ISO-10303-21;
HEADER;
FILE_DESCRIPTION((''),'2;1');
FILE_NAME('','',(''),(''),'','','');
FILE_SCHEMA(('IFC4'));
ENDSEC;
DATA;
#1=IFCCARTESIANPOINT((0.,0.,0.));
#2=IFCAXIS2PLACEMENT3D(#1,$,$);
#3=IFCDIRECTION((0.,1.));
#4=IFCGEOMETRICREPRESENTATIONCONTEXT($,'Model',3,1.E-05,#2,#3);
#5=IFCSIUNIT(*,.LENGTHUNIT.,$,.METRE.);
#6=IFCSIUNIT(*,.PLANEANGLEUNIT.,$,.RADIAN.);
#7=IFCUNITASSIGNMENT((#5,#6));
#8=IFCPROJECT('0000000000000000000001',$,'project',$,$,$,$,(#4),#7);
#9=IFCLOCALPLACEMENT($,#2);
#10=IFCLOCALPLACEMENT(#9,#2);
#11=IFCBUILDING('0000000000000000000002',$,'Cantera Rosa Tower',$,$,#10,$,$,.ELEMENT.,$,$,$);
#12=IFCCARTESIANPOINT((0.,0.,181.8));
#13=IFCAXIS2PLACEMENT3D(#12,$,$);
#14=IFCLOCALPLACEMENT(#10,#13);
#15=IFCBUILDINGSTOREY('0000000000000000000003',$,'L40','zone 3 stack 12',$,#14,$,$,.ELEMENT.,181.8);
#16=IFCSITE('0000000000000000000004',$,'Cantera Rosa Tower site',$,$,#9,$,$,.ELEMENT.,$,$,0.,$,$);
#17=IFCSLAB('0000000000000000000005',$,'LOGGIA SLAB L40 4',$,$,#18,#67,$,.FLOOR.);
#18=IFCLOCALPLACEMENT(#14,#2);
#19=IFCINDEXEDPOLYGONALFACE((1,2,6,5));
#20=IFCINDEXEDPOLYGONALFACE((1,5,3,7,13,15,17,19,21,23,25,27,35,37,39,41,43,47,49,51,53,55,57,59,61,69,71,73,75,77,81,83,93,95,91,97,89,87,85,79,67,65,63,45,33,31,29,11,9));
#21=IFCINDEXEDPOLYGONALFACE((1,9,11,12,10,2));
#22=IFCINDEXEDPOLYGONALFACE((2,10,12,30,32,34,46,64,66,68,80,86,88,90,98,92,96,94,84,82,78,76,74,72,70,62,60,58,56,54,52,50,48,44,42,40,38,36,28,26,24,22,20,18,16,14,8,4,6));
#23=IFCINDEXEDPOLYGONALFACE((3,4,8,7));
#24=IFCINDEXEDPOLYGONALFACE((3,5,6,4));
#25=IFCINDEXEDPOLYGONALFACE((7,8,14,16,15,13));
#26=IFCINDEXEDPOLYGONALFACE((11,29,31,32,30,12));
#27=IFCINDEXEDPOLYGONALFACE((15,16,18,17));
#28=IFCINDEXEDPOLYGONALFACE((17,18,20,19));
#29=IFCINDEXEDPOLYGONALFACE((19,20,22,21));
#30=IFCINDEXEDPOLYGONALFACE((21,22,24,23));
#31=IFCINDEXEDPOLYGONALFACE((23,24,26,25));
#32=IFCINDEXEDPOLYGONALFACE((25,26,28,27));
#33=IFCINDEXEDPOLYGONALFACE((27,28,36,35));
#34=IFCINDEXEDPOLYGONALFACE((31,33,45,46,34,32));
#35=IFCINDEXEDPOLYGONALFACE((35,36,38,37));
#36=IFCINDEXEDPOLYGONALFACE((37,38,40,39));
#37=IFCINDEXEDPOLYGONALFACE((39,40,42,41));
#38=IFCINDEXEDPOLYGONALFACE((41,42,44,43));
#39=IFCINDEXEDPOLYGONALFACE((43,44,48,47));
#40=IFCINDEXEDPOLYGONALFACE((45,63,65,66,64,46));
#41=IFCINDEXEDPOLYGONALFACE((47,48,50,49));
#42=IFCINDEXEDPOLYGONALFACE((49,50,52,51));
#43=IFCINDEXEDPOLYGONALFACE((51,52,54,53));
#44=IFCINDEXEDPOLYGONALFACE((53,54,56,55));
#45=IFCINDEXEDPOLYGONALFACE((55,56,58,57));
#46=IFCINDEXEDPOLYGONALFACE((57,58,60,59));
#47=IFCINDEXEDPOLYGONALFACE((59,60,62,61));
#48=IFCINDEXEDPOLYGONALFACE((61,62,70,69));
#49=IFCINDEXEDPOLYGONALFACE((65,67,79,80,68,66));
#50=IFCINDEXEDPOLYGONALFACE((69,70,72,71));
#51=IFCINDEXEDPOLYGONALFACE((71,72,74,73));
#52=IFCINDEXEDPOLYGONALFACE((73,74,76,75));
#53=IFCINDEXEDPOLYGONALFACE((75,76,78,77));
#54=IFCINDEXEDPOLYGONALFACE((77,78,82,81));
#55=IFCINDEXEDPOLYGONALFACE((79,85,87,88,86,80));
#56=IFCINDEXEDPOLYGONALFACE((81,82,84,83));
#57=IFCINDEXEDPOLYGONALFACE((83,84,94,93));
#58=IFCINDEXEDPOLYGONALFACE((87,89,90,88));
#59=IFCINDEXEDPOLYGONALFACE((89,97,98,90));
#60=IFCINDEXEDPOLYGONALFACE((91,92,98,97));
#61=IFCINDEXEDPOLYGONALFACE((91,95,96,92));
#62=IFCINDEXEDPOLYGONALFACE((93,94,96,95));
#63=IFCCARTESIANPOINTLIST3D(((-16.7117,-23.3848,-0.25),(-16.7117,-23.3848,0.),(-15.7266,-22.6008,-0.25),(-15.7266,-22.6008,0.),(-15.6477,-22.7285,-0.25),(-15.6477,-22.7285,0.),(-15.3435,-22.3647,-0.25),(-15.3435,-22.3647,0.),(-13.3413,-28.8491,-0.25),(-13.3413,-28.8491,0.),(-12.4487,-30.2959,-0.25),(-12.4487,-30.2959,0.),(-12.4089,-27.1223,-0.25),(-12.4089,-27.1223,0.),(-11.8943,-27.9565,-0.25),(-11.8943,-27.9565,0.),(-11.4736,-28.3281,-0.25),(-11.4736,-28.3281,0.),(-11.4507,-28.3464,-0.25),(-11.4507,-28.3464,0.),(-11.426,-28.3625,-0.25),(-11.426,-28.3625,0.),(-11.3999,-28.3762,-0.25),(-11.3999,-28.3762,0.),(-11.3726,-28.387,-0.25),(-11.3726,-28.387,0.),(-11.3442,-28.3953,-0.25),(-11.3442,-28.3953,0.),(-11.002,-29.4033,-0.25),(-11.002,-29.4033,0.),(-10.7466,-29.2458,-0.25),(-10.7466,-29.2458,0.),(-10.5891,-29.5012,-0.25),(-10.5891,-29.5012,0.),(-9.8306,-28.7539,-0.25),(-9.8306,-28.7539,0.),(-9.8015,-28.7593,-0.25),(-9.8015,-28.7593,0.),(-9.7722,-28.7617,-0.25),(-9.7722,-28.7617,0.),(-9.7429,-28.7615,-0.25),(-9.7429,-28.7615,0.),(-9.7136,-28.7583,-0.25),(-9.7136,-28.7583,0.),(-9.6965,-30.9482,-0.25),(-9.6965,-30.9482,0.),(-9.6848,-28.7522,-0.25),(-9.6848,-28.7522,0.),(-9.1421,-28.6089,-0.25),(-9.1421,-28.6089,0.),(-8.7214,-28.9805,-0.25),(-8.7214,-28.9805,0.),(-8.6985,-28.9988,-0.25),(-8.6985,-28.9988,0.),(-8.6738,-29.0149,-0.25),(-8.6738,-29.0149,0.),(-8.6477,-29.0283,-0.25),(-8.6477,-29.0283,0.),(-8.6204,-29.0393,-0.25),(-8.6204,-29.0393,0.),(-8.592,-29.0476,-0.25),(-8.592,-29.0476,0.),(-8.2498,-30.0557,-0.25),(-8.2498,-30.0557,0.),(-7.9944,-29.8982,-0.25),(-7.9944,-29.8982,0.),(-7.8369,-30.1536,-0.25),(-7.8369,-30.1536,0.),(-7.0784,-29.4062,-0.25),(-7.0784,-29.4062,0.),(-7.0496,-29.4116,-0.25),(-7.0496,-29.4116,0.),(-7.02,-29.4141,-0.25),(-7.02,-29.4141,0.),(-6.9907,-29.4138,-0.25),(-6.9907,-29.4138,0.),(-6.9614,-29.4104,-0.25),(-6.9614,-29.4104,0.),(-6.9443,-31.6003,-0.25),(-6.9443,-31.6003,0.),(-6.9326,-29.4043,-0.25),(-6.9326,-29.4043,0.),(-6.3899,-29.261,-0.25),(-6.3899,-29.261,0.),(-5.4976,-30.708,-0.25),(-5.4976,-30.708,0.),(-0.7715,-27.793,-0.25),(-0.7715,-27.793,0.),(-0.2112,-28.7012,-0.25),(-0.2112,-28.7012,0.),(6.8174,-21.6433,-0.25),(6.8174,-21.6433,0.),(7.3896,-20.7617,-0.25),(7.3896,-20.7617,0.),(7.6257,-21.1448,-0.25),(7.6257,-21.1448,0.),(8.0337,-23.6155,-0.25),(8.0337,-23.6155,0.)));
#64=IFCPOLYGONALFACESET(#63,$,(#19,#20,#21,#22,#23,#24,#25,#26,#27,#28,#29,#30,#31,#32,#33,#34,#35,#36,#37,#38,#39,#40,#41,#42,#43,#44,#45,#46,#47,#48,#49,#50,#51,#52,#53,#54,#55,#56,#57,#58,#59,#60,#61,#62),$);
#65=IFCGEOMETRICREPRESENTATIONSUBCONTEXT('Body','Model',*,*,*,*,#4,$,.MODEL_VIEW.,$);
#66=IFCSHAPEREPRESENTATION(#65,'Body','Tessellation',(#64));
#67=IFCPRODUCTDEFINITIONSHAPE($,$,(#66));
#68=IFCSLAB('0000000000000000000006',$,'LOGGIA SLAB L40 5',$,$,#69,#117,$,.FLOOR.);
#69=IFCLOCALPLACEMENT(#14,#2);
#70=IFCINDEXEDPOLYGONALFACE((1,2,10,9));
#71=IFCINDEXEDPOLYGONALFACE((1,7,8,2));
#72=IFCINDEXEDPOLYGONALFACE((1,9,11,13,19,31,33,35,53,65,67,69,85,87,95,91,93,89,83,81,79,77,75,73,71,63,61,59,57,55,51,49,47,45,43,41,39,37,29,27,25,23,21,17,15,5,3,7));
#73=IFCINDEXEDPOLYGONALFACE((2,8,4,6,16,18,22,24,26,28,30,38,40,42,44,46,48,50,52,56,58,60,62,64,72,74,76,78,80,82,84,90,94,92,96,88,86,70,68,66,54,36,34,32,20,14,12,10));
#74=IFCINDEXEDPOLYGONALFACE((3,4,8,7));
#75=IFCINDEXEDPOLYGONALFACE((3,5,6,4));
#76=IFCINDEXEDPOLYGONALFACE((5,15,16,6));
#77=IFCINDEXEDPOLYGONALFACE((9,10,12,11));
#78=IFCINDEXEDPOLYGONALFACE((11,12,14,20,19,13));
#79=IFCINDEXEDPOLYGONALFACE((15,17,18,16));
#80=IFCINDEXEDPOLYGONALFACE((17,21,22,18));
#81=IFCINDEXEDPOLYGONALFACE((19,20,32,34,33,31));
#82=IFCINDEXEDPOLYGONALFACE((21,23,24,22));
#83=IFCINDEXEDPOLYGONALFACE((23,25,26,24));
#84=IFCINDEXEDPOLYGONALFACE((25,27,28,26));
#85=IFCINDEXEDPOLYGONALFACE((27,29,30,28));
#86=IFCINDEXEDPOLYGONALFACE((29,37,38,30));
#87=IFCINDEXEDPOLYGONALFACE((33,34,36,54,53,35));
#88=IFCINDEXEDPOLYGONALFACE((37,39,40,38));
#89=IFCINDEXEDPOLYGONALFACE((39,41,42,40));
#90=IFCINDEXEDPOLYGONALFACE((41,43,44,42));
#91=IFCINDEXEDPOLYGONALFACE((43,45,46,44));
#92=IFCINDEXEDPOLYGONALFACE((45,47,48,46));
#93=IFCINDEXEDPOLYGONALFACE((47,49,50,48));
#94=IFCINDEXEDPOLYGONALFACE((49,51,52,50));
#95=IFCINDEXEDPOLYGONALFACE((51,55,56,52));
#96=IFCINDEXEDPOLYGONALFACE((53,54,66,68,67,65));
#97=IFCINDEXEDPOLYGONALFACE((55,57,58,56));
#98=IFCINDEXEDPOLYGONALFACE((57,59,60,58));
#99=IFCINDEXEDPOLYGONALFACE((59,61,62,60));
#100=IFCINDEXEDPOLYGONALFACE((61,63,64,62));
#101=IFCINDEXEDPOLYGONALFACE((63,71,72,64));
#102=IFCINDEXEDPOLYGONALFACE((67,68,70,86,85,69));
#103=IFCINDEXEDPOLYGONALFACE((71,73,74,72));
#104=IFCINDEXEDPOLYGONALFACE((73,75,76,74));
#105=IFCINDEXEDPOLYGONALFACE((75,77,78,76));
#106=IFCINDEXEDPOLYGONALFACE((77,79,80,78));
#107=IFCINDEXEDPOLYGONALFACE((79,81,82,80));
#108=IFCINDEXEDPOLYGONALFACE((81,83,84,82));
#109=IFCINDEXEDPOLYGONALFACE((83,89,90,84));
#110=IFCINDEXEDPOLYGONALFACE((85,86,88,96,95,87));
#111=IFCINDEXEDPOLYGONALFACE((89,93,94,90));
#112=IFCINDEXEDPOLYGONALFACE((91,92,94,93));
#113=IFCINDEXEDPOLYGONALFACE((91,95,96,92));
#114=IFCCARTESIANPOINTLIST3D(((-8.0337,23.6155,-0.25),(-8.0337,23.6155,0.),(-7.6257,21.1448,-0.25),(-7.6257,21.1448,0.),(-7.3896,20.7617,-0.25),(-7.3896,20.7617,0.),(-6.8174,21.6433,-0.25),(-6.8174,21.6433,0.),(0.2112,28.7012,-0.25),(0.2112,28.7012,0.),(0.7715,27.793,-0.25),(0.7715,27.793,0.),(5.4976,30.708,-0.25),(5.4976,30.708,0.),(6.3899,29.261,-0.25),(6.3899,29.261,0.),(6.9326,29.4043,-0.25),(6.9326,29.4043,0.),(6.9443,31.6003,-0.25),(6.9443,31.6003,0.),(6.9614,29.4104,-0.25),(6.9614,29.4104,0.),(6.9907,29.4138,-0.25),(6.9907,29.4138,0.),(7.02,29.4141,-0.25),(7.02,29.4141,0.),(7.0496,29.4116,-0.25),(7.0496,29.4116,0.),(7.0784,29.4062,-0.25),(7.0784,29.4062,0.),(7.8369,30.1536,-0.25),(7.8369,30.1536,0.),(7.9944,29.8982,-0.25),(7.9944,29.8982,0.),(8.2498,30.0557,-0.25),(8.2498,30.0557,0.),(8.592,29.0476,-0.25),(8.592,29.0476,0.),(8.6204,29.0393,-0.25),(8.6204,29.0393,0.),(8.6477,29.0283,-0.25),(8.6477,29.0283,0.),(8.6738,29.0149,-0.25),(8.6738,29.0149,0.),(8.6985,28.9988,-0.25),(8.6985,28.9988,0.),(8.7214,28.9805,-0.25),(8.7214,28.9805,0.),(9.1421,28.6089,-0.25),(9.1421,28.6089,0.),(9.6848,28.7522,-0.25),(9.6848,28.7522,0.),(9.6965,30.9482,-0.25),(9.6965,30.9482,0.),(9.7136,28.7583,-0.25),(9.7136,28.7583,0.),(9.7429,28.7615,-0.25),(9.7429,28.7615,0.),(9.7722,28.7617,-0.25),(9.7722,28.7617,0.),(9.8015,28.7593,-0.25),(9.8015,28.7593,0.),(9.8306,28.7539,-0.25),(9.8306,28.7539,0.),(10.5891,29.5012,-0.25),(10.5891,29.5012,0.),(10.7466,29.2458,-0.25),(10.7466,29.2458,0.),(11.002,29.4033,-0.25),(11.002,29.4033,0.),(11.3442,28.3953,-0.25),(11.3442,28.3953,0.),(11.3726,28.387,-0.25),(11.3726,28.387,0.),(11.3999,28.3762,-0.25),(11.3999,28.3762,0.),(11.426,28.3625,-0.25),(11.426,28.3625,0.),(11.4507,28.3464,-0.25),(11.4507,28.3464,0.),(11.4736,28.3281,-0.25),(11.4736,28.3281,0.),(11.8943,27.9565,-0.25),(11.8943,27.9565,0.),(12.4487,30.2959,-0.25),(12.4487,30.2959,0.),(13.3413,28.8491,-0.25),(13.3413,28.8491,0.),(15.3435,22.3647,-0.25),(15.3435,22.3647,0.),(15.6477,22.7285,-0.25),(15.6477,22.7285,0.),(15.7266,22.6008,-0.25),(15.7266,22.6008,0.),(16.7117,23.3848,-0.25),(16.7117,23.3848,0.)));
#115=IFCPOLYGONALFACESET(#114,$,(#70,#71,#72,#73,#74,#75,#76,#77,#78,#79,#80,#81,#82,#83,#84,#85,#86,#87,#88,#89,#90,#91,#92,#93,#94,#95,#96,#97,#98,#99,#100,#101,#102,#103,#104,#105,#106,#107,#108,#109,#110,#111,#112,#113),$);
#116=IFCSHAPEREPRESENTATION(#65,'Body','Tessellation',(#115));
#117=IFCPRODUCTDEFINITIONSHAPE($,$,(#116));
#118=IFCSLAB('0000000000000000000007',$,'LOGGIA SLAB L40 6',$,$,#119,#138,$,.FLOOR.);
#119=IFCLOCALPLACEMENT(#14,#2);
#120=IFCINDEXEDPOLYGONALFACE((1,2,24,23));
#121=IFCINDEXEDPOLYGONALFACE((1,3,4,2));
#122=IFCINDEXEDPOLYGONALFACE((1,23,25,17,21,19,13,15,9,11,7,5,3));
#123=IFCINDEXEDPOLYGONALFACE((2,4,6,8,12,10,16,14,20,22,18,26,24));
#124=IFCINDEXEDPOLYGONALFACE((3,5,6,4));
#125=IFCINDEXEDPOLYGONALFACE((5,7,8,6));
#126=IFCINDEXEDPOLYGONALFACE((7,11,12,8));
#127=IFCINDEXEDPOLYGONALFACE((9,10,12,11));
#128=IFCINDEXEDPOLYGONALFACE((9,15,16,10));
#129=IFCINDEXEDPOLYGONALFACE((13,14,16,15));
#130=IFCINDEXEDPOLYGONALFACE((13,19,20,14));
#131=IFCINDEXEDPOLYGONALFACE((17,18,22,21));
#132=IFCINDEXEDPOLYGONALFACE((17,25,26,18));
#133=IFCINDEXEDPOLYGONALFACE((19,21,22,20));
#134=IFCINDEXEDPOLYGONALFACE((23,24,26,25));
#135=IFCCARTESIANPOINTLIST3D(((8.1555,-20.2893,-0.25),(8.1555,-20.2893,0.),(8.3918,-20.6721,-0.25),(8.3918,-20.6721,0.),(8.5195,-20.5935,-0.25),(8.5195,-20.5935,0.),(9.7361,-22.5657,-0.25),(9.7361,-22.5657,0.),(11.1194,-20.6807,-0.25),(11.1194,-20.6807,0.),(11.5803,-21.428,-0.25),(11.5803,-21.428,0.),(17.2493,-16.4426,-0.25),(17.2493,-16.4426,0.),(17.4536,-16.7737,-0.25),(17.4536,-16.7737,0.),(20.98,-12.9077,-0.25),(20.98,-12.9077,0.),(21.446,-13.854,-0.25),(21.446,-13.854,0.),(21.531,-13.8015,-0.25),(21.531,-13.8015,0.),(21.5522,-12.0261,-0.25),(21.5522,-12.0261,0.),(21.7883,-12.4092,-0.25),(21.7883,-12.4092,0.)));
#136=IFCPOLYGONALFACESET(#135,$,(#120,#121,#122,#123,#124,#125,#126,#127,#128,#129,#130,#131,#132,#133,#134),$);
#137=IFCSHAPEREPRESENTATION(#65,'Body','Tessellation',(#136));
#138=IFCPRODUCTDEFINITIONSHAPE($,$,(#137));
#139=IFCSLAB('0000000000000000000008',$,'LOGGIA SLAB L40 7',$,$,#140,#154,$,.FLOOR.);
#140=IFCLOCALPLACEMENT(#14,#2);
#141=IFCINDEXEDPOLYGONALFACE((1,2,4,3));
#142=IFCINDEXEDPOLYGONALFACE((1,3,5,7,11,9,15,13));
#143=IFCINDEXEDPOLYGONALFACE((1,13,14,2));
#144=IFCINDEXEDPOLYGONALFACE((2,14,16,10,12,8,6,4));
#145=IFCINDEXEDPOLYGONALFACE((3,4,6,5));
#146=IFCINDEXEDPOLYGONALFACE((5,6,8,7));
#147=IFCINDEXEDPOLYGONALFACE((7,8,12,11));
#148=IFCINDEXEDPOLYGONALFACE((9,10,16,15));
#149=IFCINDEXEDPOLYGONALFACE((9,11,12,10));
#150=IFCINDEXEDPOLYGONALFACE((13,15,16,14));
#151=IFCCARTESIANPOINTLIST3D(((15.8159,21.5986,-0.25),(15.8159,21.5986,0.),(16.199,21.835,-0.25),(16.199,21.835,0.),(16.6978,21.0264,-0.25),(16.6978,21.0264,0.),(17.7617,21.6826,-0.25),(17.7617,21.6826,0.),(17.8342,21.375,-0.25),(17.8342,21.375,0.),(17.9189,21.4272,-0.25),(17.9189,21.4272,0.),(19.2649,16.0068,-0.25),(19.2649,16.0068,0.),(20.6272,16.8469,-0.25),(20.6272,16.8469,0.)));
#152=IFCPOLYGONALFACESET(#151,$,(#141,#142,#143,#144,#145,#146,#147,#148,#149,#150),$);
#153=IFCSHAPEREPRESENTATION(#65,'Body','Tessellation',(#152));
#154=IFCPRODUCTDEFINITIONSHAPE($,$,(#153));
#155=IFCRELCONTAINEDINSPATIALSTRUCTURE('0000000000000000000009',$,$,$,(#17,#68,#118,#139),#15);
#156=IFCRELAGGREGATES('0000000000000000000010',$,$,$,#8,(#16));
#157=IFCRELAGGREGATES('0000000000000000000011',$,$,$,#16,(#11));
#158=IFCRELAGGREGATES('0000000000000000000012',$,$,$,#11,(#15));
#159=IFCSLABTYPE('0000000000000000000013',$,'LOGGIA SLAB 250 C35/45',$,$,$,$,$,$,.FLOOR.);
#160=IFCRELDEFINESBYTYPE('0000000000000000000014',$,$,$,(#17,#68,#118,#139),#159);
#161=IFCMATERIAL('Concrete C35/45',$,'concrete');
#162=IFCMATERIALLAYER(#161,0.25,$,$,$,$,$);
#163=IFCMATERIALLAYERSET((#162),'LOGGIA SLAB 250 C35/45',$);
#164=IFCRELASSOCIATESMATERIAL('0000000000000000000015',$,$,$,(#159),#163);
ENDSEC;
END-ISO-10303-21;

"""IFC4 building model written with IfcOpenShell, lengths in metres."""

from ifc_helpers import new_model, si_unit, direction, frame, origin, place, context, subcontext, project, spatial, polyline, outline, extrude, material, layer, layer_set, type_object, element, save


model = new_model("IFC4")

# Units and contexts
model_context = context("Model", 3, precision=1e-05, world=origin(), true_north=direction((0.0, 1.0)))
body_context = subcontext(model_context, "Body", "Model", "MODEL_VIEW")
ifc_project = project(units=[si_unit("LENGTHUNIT", "METRE"), si_unit("PLANEANGLEUNIT", "RADIAN")], contexts=[model_context])

# Site, building, storey
site_placement = place(None, origin())
site = spatial("IfcSite", under=ifc_project, at=site_placement, Name="Cantera Rosa Tower site", CompositionType="ELEMENT", RefElevation=0.0)
building_placement = place(site_placement, origin())
building = spatial("IfcBuilding", under=site, at=building_placement, Name="Cantera Rosa Tower", CompositionType="ELEMENT")
storey_placement = place(building_placement, frame((0.0, 0.0, 181.8)))
storey = spatial("IfcBuildingStorey", under=building, at=storey_placement, Name="L40", Description="zone 3 stack 12", CompositionType="ELEMENT", Elevation=181.8)

# Slabs
ifc_material_1 = material(Name="Concrete C35/45", Category="concrete")
ifc_layer_1 = layer(ifc_material_1, 0.25)
ifc_layer_set_1 = layer_set([ifc_layer_1], Name="LOGGIA SLAB 250 C35/45")
slab_type_1 = type_object("IfcSlabType", Name="LOGGIA SLAB 250 C35/45", PredefinedType="FLOOR", material=ifc_layer_set_1)
slab_1_placement = place(storey_placement, frame((0.0, 0.0, -0.25)))
element("IfcSlab", 1, at=slab_1_placement, inside=storey, type_object=slab_type_1, Name="LOGGIA SLAB L40 4", PredefinedType="FLOOR", context=body_context, shape_type="SweptSolid", body=[
    extrude(outline(polyline([(-7.9944, -29.8982), (-8.2498, -30.0557), (-9.6965, -30.9482), (-10.5891, -29.5012), (-10.7466, -29.2458), (-11.002, -29.4033), (-12.4487, -30.2959), (-13.3413, -28.8491), (-16.7117, -23.3848), (-15.6477, -22.7285), (-15.7266, -22.6008), (-15.3435, -22.3647), (-12.4089, -27.1223), (-11.8943, -27.9565), (-11.4736, -28.3281), (-11.4507, -28.3464), (-11.426, -28.3625), (-11.3999, -28.3762), (-11.3726, -28.387), (-11.3442, -28.3953), (-9.8306, -28.7539), (-9.8015, -28.7593), (-9.7722, -28.7617), (-9.7429, -28.7615), (-9.7136, -28.7583), (-9.6848, -28.7522), (-9.1421, -28.6089), (-8.7214, -28.9805), (-8.6985, -28.9988), (-8.6738, -29.0149), (-8.6477, -29.0283), (-8.6204, -29.0393), (-8.592, -29.0476), (-7.0784, -29.4062), (-7.0496, -29.4116), (-7.02, -29.4141), (-6.9907, -29.4138), (-6.9614, -29.4104), (-6.9326, -29.4043), (-6.3899, -29.261), (7.3896, -20.7617), (7.6257, -21.1448), (6.8174, -21.6433), (8.0337, -23.6155), (-0.2112, -28.7012), (-0.7715, -27.793), (-5.4976, -30.708), (-6.9443, -31.6003), (-7.8369, -30.1536), (-7.9944, -29.8982)])), origin(), (0.0, 0.0, 1.0), 0.25),
])
slab_2_placement = place(storey_placement, frame((0.0, 0.0, -0.25)))
element("IfcSlab", 2, at=slab_2_placement, inside=storey, type_object=slab_type_1, Name="LOGGIA SLAB L40 5", PredefinedType="FLOOR", context=body_context, shape_type="SweptSolid", body=[
    extrude(outline(polyline([(7.9944, 29.8982), (8.2498, 30.0557), (9.6965, 30.9482), (10.5891, 29.5012), (10.7466, 29.2458), (11.002, 29.4033), (12.4487, 30.2959), (13.3413, 28.8491), (16.7117, 23.3848), (15.6477, 22.7285), (15.7266, 22.6008), (15.3435, 22.3647), (11.8943, 27.9565), (11.4736, 28.3281), (11.4507, 28.3464), (11.426, 28.3625), (11.3999, 28.3762), (11.3726, 28.387), (11.3442, 28.3953), (9.8306, 28.7539), (9.8015, 28.7593), (9.7722, 28.7617), (9.7429, 28.7615), (9.7136, 28.7583), (9.6848, 28.7522), (9.1421, 28.6089), (8.7214, 28.9805), (8.6985, 28.9988), (8.6738, 29.0149), (8.6477, 29.0283), (8.6204, 29.0393), (8.592, 29.0476), (7.0784, 29.4062), (7.0496, 29.4116), (7.02, 29.4141), (6.9907, 29.4138), (6.9614, 29.4104), (6.9326, 29.4043), (6.3899, 29.261), (-7.3896, 20.7617), (-7.6257, 21.1448), (-6.8174, 21.6433), (-8.0337, 23.6155), (0.2112, 28.7012), (0.7715, 27.793), (5.4976, 30.708), (6.9443, 31.6003), (7.8369, 30.1536), (7.9944, 29.8982)])), origin(), (0.0, 0.0, 1.0), 0.25),
])
slab_3_placement = place(storey_placement, frame((0.0, 0.0, -0.25)))
element("IfcSlab", 3, at=slab_3_placement, inside=storey, type_object=slab_type_1, Name="LOGGIA SLAB L40 6", PredefinedType="FLOOR", context=body_context, shape_type="SweptSolid", body=[
    extrude(outline(polyline([(21.7883, -12.4092), (20.98, -12.9077), (21.531, -13.8015), (21.446, -13.854), (17.2493, -16.4426), (17.4536, -16.7737), (11.1194, -20.6807), (11.5803, -21.428), (9.7361, -22.5657), (8.5195, -20.5935), (8.3918, -20.6721), (8.1555, -20.2893), (21.5522, -12.0261), (21.7883, -12.4092)])), origin(), (0.0, 0.0, 1.0), 0.25),
])
slab_4_placement = place(storey_placement, frame((0.0, 0.0, -0.25)))
element("IfcSlab", 4, at=slab_4_placement, inside=storey, type_object=slab_type_1, Name="LOGGIA SLAB L40 7", PredefinedType="FLOOR", context=body_context, shape_type="SweptSolid", body=[
    extrude(outline(polyline([(16.199, 21.835), (16.6978, 21.0264), (17.7617, 21.6826), (17.9189, 21.4272), (17.8342, 21.375), (20.6272, 16.8469), (19.2649, 16.0068), (15.8159, 21.5986), (16.199, 21.835)])), origin(), (0.0, 0.0, 1.0), 0.25),
])

save(model, "model.ifc")
